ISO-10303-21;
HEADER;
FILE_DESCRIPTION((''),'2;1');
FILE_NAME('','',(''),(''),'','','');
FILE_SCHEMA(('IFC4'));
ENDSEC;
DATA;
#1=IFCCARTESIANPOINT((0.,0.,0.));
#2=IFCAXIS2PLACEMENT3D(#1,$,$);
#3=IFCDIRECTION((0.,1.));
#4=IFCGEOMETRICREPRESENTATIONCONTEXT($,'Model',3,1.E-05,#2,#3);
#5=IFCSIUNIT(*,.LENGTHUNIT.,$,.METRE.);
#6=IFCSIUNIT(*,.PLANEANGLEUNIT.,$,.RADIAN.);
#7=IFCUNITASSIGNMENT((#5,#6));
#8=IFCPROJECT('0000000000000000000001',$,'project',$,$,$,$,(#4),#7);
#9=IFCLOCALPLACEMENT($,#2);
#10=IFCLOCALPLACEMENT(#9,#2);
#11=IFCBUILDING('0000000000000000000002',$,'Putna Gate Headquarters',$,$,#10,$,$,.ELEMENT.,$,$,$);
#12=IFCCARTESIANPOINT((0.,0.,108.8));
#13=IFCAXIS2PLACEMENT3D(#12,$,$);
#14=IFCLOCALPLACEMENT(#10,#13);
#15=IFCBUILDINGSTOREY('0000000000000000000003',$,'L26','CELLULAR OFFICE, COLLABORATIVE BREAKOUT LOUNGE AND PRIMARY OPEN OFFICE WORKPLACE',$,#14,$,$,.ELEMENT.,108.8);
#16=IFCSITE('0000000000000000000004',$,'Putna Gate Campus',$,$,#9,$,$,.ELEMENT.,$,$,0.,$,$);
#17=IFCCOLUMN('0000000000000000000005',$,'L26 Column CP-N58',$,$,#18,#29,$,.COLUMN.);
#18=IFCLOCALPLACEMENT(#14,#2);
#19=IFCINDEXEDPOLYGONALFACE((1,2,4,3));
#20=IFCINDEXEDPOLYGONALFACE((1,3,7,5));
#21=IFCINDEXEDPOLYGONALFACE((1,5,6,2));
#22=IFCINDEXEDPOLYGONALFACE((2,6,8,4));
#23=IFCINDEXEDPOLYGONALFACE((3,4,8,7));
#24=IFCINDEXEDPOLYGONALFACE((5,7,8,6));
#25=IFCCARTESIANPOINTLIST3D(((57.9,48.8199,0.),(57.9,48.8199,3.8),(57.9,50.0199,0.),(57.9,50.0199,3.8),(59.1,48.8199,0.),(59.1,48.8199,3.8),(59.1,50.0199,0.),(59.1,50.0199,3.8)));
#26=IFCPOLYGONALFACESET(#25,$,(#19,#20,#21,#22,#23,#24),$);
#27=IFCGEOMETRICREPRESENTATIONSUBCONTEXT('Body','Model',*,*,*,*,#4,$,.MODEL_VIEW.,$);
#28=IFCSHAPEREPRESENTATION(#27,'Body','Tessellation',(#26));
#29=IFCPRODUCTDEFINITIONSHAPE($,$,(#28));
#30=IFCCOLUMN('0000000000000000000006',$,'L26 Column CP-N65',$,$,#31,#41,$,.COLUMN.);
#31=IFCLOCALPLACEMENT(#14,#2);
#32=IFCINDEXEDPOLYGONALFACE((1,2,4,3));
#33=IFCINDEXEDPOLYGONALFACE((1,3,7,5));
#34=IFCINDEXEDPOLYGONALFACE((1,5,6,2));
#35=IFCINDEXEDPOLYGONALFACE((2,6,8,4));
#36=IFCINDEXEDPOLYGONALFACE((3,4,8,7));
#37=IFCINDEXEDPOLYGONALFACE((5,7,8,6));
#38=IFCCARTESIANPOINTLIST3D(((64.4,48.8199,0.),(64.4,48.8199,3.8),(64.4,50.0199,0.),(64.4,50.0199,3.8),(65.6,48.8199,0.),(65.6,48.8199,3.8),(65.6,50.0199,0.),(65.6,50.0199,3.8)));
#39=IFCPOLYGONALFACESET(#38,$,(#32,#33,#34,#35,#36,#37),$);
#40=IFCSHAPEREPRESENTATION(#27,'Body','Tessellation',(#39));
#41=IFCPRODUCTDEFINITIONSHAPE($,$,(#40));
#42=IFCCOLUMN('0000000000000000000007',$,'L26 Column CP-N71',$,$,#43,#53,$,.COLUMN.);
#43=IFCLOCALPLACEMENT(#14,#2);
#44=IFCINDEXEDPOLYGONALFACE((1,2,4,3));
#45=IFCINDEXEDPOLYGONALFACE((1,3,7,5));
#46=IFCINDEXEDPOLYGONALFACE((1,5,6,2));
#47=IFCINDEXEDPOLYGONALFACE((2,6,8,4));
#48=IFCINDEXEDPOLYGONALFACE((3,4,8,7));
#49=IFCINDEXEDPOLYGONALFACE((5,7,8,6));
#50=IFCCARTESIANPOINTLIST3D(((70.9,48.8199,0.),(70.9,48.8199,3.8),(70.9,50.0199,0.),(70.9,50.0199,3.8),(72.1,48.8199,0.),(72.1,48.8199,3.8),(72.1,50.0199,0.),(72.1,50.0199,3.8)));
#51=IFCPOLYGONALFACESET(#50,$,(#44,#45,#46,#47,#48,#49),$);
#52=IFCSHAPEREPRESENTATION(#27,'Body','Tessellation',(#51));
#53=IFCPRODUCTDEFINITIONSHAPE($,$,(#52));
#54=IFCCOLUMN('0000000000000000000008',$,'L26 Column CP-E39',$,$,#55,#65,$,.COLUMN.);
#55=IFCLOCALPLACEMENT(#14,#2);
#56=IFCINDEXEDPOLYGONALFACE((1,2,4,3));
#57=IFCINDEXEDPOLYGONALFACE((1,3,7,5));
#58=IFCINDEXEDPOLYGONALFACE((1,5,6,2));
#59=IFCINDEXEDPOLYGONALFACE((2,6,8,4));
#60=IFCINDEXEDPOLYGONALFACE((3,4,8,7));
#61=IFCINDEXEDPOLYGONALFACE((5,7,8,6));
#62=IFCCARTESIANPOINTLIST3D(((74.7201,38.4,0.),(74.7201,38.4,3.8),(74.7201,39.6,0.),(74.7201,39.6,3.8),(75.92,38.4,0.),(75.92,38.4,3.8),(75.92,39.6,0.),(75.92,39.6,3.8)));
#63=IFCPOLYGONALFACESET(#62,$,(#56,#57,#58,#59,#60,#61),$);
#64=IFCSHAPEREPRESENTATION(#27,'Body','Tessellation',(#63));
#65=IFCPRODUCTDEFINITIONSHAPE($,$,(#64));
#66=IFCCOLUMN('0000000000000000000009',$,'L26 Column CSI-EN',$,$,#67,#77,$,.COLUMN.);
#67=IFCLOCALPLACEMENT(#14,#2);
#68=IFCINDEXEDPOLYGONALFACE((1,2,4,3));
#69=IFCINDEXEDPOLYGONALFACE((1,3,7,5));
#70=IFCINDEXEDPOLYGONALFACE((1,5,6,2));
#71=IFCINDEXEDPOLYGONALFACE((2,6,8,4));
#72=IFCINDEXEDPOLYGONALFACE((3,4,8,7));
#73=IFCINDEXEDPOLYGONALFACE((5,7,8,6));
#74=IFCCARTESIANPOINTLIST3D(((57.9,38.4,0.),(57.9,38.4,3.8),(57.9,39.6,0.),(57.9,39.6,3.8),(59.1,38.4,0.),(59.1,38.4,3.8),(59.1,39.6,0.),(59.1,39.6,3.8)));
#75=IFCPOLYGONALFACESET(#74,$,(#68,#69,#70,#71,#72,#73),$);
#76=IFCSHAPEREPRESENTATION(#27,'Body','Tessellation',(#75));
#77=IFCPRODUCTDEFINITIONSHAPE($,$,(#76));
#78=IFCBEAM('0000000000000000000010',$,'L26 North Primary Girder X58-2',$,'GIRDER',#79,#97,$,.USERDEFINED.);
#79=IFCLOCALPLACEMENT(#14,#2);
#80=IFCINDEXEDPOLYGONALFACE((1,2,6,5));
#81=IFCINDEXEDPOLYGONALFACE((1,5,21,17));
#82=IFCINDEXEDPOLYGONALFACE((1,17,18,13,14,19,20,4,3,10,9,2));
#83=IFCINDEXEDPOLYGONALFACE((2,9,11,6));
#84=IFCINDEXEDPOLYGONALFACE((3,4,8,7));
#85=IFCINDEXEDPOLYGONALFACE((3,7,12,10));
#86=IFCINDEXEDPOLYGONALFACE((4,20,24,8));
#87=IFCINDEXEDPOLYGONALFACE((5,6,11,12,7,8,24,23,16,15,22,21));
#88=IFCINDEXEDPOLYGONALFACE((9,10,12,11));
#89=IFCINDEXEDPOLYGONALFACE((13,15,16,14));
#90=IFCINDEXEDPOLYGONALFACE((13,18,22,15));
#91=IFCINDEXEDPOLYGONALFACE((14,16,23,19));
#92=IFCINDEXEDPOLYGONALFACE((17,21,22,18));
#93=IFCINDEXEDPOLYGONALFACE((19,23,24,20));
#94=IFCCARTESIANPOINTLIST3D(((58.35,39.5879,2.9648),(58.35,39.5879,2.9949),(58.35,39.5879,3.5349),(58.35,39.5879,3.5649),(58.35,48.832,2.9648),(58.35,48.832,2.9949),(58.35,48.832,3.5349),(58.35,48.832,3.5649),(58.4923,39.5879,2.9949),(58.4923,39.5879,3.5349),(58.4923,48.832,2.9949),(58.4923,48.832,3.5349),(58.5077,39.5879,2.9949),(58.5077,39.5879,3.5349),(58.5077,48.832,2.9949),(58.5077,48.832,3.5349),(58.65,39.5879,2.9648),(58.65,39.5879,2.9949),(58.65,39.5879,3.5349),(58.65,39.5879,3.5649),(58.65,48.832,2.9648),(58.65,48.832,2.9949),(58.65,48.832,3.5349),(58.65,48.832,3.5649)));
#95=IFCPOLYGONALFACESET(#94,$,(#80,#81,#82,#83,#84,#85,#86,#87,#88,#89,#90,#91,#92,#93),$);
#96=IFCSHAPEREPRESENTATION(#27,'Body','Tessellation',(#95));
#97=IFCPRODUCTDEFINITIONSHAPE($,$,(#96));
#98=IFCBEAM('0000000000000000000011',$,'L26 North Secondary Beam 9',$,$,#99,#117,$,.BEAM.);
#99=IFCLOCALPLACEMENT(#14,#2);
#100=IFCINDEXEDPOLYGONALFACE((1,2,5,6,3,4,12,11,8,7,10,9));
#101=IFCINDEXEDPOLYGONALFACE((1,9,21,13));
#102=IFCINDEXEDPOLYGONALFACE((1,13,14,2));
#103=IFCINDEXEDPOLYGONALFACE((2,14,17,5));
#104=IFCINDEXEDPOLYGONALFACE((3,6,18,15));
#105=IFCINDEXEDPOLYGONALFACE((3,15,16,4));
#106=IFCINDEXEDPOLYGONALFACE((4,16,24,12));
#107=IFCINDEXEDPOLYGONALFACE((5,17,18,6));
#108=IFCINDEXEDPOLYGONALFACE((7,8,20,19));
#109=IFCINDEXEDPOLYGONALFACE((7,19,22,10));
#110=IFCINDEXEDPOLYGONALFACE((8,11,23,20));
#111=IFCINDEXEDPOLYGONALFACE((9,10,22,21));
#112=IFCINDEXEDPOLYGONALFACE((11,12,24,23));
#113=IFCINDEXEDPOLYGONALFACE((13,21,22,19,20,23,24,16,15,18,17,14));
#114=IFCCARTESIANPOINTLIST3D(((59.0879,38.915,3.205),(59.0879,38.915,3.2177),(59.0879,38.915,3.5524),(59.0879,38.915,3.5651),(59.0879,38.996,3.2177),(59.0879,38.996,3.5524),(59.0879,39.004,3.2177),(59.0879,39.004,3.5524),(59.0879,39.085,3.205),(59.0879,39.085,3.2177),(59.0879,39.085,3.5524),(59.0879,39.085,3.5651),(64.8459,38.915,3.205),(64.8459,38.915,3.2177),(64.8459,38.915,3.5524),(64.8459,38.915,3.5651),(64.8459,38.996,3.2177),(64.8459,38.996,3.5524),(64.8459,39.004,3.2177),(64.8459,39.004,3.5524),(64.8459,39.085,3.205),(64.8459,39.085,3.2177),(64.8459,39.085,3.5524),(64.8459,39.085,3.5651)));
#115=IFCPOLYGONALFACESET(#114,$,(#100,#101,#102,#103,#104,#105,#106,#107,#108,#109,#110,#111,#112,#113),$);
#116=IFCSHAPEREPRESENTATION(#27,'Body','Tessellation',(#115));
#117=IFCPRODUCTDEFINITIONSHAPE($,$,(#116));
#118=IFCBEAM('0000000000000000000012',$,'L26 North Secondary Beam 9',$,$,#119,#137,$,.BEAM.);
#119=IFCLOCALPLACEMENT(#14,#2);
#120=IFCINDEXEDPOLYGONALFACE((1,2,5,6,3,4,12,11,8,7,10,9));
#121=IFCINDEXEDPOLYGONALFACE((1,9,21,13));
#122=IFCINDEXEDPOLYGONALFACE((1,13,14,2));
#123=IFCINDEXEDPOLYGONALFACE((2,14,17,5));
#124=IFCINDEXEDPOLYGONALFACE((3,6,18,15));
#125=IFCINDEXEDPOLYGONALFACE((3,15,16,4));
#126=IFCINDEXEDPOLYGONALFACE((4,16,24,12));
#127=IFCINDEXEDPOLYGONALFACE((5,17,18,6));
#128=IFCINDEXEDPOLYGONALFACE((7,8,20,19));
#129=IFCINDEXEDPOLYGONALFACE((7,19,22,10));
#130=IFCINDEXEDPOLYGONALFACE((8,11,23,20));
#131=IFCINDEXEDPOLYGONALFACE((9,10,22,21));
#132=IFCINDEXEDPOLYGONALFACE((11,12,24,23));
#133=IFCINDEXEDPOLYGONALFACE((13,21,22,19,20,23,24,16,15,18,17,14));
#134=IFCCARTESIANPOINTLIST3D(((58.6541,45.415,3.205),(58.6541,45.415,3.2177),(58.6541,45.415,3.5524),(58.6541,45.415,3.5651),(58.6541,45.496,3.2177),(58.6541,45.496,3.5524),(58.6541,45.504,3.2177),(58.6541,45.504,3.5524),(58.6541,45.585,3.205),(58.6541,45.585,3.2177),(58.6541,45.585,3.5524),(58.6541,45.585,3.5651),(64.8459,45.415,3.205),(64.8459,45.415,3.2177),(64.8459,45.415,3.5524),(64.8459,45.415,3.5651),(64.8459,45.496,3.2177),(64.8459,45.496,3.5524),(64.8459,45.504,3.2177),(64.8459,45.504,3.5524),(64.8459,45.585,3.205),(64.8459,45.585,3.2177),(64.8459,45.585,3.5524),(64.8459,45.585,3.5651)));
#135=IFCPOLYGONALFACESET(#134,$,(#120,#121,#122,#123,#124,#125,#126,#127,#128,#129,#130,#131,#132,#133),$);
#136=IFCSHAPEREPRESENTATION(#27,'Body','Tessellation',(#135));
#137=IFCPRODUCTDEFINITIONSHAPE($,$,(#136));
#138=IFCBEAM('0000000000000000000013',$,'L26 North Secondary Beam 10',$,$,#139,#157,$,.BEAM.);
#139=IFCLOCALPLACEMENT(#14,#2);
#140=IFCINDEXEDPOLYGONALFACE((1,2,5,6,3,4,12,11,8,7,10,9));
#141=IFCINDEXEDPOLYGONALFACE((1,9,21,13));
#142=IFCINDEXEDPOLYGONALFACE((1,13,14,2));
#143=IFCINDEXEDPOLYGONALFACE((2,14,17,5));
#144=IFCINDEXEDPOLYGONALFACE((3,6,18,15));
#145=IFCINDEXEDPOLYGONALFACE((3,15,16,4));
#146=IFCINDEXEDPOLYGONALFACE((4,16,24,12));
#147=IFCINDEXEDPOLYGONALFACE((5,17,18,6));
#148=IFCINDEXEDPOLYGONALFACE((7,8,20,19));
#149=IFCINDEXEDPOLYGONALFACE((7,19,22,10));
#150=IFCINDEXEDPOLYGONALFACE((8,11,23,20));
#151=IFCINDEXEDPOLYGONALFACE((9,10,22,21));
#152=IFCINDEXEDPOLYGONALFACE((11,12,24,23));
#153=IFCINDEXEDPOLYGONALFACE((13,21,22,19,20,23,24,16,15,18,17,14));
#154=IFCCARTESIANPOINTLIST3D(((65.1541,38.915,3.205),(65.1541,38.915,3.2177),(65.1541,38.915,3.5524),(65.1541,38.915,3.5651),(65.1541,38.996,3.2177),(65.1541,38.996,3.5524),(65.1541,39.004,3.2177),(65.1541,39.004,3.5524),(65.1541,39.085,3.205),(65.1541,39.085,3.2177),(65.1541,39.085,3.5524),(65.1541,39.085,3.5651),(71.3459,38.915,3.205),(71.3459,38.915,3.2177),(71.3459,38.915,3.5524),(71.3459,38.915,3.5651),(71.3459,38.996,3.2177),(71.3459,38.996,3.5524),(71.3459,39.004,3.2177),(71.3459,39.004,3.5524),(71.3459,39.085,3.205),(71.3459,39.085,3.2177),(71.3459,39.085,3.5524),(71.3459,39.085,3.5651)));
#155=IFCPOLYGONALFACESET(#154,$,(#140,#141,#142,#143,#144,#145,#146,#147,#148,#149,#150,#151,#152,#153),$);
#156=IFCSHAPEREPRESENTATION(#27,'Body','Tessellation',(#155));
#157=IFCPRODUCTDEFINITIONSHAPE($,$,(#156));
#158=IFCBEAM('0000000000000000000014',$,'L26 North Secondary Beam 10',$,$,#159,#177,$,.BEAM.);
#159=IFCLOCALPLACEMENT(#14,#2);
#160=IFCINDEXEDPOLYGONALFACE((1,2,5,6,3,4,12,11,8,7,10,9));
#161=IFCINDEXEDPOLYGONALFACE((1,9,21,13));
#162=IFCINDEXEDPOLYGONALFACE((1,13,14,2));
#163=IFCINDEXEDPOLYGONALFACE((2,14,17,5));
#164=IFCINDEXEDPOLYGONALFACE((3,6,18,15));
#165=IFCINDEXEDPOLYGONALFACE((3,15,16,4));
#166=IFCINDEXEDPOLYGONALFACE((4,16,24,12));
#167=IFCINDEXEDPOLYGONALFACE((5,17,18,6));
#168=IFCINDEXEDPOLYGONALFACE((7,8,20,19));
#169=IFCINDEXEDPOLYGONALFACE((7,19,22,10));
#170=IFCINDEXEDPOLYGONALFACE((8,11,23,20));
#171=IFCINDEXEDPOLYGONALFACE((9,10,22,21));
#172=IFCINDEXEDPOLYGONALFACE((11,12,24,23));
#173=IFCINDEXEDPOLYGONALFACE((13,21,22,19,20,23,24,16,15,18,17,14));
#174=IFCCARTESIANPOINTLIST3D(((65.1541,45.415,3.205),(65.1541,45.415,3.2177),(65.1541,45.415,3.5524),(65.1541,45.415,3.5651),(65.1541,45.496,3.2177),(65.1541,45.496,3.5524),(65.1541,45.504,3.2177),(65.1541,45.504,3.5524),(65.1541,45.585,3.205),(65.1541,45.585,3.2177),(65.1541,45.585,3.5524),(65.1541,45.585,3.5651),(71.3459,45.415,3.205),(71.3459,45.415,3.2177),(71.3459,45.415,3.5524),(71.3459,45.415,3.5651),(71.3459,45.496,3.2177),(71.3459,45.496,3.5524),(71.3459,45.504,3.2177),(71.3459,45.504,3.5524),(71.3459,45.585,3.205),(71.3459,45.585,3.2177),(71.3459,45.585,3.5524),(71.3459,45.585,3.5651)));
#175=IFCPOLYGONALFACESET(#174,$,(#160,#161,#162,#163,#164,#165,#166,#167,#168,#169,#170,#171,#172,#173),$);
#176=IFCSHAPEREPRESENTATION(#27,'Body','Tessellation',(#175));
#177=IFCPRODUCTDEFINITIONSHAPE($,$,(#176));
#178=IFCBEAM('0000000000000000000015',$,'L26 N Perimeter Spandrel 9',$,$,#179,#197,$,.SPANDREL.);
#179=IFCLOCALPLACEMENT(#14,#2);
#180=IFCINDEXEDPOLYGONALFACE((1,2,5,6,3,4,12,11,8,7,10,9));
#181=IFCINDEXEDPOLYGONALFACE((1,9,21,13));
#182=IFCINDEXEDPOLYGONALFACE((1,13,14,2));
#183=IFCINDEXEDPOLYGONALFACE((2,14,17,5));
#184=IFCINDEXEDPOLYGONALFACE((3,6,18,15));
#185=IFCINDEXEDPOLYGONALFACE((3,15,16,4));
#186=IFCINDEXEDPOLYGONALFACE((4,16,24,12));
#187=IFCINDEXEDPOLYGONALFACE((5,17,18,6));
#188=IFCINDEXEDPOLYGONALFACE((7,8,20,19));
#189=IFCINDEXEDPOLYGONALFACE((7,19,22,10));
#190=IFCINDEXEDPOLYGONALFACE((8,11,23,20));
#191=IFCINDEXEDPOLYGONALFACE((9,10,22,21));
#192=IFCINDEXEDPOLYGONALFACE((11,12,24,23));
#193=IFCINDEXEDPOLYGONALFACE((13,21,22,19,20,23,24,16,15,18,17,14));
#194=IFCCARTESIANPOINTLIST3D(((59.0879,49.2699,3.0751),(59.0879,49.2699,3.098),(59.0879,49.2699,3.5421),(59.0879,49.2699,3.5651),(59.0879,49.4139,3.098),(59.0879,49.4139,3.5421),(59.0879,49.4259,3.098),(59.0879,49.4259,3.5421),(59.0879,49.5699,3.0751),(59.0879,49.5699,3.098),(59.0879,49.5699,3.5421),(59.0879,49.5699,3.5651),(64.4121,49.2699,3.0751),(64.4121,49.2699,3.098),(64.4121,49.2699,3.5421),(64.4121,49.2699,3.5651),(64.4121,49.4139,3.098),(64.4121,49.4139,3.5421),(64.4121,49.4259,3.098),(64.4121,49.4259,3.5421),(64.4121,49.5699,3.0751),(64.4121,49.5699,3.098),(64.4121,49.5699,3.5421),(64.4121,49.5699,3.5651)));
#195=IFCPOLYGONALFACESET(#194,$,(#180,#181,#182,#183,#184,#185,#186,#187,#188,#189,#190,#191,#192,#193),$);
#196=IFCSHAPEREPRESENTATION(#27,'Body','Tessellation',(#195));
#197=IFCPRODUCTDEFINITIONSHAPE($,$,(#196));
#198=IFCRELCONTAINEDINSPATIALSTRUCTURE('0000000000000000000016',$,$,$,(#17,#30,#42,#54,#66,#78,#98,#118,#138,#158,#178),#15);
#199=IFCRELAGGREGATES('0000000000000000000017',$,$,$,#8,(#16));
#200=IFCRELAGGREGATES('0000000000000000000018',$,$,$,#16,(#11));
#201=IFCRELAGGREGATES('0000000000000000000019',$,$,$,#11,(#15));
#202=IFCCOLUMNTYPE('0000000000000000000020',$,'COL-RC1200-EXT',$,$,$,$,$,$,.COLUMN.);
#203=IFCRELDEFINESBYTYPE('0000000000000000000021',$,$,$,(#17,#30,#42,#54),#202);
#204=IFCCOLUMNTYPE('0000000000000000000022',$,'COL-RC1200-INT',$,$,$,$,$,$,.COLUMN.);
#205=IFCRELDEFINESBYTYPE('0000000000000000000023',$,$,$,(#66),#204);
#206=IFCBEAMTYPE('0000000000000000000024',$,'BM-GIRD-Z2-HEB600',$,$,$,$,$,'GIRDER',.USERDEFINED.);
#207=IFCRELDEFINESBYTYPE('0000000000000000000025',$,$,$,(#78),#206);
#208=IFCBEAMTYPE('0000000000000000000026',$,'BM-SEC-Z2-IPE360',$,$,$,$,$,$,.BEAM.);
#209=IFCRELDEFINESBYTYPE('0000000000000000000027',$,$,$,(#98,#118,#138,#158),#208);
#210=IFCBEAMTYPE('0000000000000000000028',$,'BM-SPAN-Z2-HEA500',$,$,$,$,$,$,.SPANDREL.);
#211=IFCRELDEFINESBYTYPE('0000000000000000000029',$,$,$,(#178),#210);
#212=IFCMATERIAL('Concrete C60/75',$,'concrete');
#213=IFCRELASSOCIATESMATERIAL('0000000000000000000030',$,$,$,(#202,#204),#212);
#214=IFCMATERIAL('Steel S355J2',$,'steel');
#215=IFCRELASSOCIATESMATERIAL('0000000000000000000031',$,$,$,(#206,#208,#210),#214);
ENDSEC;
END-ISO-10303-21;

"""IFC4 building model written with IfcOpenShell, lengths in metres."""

from ifc_helpers import new_model, si_unit, direction, frame, origin, origin_2d, place, context, subcontext, project, spatial, rectangle, i_section, extrude, material, material_profile, profile_set, type_object, element, save


model = new_model("IFC4")

# Units and contexts
model_context = context("Model", 3, precision=1e-05, world=origin(), true_north=direction((0.0, 1.0)))
body_context = subcontext(model_context, "Body", "Model", "MODEL_VIEW")
ifc_project = project(units=[si_unit("LENGTHUNIT", "METRE"), si_unit("PLANEANGLEUNIT", "RADIAN")], contexts=[model_context])

# Site, building, storey
site_placement = place(None, origin())
site = spatial("IfcSite", under=ifc_project, at=site_placement, Name="Putna Gate Campus", CompositionType="ELEMENT", RefElevation=0.0)
building_placement = place(site_placement, origin())
building = spatial("IfcBuilding", under=site, at=building_placement, Name="Putna Gate Headquarters", CompositionType="ELEMENT")
storey_placement = place(building_placement, frame((0.0, 0.0, 108.8)))
storey = spatial("IfcBuildingStorey", under=building, at=storey_placement, Name="L26", Description="CELLULAR OFFICE, COLLABORATIVE BREAKOUT LOUNGE AND PRIMARY OPEN OFFICE WORKPLACE", CompositionType="ELEMENT", Elevation=108.8)

# Columns
ifc_material_1 = material(Name="Concrete C60/75", Category="concrete")
ifc_material_profile_1 = material_profile(ifc_material_1, rectangle(XDim=1.2, YDim=1.2, at=origin_2d()), Name="Concrete C60/75")
ifc_profile_set_1 = profile_set([ifc_material_profile_1], Name="Concrete C60/75")
column_type_1 = type_object("IfcColumnType", Name="COL-RC1200-EXT", PredefinedType="COLUMN", material=ifc_profile_set_1)
for number, where, z_axis, x_axis, name in (
    (1, (58.5, 49.4199, 0.0), (0.0, 0.0, 1.0), (1.0, 0.0, 0.0), "L26 Column CP-N58"),
    (2, (65.0, 49.4199, 0.0), (0.0, 0.0, 1.0), (1.0, 0.0, 0.0), "L26 Column CP-N65"),
    (3, (71.5, 49.4199, 0.0), (0.0, 0.0, 1.0), (1.0, 0.0, 0.0), "L26 Column CP-N71"),
    (4, (75.3201, 39.0, 0.0), (0.0, 0.0, 1.0), (1.0, 0.0, 0.0), "L26 Column CP-E39"),
):
    element("IfcColumn", number, at=place(storey_placement, frame(where, z_axis=z_axis, x_axis=x_axis)), inside=storey, type_object=column_type_1, Name=name, PredefinedType="COLUMN", context=body_context, shape_type="SweptSolid", body=[
        extrude(rectangle(XDim=1.2, YDim=1.2, at=origin_2d()), origin(), (0.0, 0.0, 1.0), 3.8),
    ])
ifc_material_profile_2 = material_profile(ifc_material_1, rectangle(XDim=1.2, YDim=1.2, at=origin_2d()), Name="Concrete C60/75")
ifc_profile_set_2 = profile_set([ifc_material_profile_2], Name="Concrete C60/75")
column_type_2 = type_object("IfcColumnType", Name="COL-RC1200-INT", PredefinedType="COLUMN", material=ifc_profile_set_2)
column_placement = place(storey_placement, frame((58.5, 39.0, 0.0), z_axis=(0.0, 0.0, 1.0), x_axis=(1.0, 0.0, 0.0)))
element("IfcColumn", 5, at=column_placement, inside=storey, type_object=column_type_2, Name="L26 Column CSI-EN", PredefinedType="COLUMN", context=body_context, shape_type="SweptSolid", body=[
    extrude(rectangle(XDim=1.2, YDim=1.2, at=origin_2d()), origin(), (0.0, 0.0, 1.0), 3.8),
])

# Beams
ifc_material_2 = material(Name="Steel S355J2", Category="steel")
ifc_material_profile_3 = material_profile(ifc_material_2, i_section(OverallWidth=0.3, OverallDepth=0.6001, WebThickness=0.0154, FlangeThickness=0.03, at=origin_2d()), Name="Steel S355J2")
ifc_profile_set_3 = profile_set([ifc_material_profile_3], Name="Steel S355J2")
beam_type_1 = type_object("IfcBeamType", Name="BM-GIRD-Z2-HEB600", ElementType="GIRDER", PredefinedType="USERDEFINED", material=ifc_profile_set_3)
beam_1_placement = place(storey_placement, frame((58.5, 39.5879, 3.2649), z_axis=(0.0, 1.0, 0.0), x_axis=(-1.0, 0.0, 0.0)))
element("IfcBeam", 6, at=beam_1_placement, inside=storey, type_object=beam_type_1, Name="L26 North Primary Girder X58-2", ObjectType="GIRDER", PredefinedType="USERDEFINED", context=body_context, shape_type="SweptSolid", body=[
    extrude(i_section(OverallWidth=0.3, OverallDepth=0.6001, WebThickness=0.0154, FlangeThickness=0.03, at=origin_2d()), origin(), (0.0, 0.0, 1.0), 9.2441),
])
ifc_material_profile_4 = material_profile(ifc_material_2, i_section(OverallWidth=0.1699, OverallDepth=0.3601, WebThickness=0.0081, FlangeThickness=0.0127, at=origin_2d()), Name="Steel S355J2")
ifc_profile_set_4 = profile_set([ifc_material_profile_4], Name="Steel S355J2")
beam_type_2 = type_object("IfcBeamType", Name="BM-SEC-Z2-IPE360", PredefinedType="BEAM", material=ifc_profile_set_4)
beam_2_placement = place(storey_placement, frame((59.0879, 39.0, 3.385), z_axis=(1.0, 0.0, 0.0), x_axis=(0.0, 1.0, 0.0)))
element("IfcBeam", 7, at=beam_2_placement, inside=storey, type_object=beam_type_2, Name="L26 North Secondary Beam 9", PredefinedType="BEAM", context=body_context, shape_type="SweptSolid", body=[
    extrude(i_section(OverallWidth=0.1699, OverallDepth=0.3601, WebThickness=0.0081, FlangeThickness=0.0127, at=origin_2d()), origin(), (0.0, 0.0, 1.0), 5.7581),
])
for number, where, z_axis, x_axis, name in (
    (8, (58.6541, 45.5, 3.385), (1.0, 0.0, 0.0), (0.0, 1.0, 0.0), "L26 North Secondary Beam 9"),
    (9, (65.1541, 39.0, 3.385), (1.0, 0.0, 0.0), (0.0, 1.0, 0.0), "L26 North Secondary Beam 10"),
    (10, (65.1541, 45.5, 3.385), (1.0, 0.0, 0.0), (0.0, 1.0, 0.0), "L26 North Secondary Beam 10"),
):
    element("IfcBeam", number, at=place(storey_placement, frame(where, z_axis=z_axis, x_axis=x_axis)), inside=storey, type_object=beam_type_2, Name=name, PredefinedType="BEAM", context=body_context, shape_type="SweptSolid", body=[
        extrude(i_section(OverallWidth=0.1699, OverallDepth=0.3601, WebThickness=0.0081, FlangeThickness=0.0127, at=origin_2d()), origin(), (0.0, 0.0, 1.0), 6.1919),
    ])
ifc_material_profile_5 = material_profile(ifc_material_2, i_section(OverallWidth=0.3, OverallDepth=0.49, WebThickness=0.012, FlangeThickness=0.0229, at=origin_2d()), Name="Steel S355J2")
ifc_profile_set_5 = profile_set([ifc_material_profile_5], Name="Steel S355J2")
beam_type_3 = type_object("IfcBeamType", Name="BM-SPAN-Z2-HEA500", PredefinedType="SPANDREL", material=ifc_profile_set_5)
for number, where, z_axis, x_axis, name in (
    (11, (59.0879, 49.4199, 3.3201), (1.0, 0.0, 0.0), (0.0, 1.0, 0.0), "L26 N Perimeter Spandrel 9"),
):
    element("IfcBeam", number, at=place(storey_placement, frame(where, z_axis=z_axis, x_axis=x_axis)), inside=storey, type_object=beam_type_3, Name=name, PredefinedType="SPANDREL", context=body_context, shape_type="SweptSolid", body=[
        extrude(i_section(OverallWidth=0.3, OverallDepth=0.49, WebThickness=0.012, FlangeThickness=0.0229, at=origin_2d()), origin(), (0.0, 0.0, 1.0), 5.3242),
    ])

save(model, "model.ifc")
